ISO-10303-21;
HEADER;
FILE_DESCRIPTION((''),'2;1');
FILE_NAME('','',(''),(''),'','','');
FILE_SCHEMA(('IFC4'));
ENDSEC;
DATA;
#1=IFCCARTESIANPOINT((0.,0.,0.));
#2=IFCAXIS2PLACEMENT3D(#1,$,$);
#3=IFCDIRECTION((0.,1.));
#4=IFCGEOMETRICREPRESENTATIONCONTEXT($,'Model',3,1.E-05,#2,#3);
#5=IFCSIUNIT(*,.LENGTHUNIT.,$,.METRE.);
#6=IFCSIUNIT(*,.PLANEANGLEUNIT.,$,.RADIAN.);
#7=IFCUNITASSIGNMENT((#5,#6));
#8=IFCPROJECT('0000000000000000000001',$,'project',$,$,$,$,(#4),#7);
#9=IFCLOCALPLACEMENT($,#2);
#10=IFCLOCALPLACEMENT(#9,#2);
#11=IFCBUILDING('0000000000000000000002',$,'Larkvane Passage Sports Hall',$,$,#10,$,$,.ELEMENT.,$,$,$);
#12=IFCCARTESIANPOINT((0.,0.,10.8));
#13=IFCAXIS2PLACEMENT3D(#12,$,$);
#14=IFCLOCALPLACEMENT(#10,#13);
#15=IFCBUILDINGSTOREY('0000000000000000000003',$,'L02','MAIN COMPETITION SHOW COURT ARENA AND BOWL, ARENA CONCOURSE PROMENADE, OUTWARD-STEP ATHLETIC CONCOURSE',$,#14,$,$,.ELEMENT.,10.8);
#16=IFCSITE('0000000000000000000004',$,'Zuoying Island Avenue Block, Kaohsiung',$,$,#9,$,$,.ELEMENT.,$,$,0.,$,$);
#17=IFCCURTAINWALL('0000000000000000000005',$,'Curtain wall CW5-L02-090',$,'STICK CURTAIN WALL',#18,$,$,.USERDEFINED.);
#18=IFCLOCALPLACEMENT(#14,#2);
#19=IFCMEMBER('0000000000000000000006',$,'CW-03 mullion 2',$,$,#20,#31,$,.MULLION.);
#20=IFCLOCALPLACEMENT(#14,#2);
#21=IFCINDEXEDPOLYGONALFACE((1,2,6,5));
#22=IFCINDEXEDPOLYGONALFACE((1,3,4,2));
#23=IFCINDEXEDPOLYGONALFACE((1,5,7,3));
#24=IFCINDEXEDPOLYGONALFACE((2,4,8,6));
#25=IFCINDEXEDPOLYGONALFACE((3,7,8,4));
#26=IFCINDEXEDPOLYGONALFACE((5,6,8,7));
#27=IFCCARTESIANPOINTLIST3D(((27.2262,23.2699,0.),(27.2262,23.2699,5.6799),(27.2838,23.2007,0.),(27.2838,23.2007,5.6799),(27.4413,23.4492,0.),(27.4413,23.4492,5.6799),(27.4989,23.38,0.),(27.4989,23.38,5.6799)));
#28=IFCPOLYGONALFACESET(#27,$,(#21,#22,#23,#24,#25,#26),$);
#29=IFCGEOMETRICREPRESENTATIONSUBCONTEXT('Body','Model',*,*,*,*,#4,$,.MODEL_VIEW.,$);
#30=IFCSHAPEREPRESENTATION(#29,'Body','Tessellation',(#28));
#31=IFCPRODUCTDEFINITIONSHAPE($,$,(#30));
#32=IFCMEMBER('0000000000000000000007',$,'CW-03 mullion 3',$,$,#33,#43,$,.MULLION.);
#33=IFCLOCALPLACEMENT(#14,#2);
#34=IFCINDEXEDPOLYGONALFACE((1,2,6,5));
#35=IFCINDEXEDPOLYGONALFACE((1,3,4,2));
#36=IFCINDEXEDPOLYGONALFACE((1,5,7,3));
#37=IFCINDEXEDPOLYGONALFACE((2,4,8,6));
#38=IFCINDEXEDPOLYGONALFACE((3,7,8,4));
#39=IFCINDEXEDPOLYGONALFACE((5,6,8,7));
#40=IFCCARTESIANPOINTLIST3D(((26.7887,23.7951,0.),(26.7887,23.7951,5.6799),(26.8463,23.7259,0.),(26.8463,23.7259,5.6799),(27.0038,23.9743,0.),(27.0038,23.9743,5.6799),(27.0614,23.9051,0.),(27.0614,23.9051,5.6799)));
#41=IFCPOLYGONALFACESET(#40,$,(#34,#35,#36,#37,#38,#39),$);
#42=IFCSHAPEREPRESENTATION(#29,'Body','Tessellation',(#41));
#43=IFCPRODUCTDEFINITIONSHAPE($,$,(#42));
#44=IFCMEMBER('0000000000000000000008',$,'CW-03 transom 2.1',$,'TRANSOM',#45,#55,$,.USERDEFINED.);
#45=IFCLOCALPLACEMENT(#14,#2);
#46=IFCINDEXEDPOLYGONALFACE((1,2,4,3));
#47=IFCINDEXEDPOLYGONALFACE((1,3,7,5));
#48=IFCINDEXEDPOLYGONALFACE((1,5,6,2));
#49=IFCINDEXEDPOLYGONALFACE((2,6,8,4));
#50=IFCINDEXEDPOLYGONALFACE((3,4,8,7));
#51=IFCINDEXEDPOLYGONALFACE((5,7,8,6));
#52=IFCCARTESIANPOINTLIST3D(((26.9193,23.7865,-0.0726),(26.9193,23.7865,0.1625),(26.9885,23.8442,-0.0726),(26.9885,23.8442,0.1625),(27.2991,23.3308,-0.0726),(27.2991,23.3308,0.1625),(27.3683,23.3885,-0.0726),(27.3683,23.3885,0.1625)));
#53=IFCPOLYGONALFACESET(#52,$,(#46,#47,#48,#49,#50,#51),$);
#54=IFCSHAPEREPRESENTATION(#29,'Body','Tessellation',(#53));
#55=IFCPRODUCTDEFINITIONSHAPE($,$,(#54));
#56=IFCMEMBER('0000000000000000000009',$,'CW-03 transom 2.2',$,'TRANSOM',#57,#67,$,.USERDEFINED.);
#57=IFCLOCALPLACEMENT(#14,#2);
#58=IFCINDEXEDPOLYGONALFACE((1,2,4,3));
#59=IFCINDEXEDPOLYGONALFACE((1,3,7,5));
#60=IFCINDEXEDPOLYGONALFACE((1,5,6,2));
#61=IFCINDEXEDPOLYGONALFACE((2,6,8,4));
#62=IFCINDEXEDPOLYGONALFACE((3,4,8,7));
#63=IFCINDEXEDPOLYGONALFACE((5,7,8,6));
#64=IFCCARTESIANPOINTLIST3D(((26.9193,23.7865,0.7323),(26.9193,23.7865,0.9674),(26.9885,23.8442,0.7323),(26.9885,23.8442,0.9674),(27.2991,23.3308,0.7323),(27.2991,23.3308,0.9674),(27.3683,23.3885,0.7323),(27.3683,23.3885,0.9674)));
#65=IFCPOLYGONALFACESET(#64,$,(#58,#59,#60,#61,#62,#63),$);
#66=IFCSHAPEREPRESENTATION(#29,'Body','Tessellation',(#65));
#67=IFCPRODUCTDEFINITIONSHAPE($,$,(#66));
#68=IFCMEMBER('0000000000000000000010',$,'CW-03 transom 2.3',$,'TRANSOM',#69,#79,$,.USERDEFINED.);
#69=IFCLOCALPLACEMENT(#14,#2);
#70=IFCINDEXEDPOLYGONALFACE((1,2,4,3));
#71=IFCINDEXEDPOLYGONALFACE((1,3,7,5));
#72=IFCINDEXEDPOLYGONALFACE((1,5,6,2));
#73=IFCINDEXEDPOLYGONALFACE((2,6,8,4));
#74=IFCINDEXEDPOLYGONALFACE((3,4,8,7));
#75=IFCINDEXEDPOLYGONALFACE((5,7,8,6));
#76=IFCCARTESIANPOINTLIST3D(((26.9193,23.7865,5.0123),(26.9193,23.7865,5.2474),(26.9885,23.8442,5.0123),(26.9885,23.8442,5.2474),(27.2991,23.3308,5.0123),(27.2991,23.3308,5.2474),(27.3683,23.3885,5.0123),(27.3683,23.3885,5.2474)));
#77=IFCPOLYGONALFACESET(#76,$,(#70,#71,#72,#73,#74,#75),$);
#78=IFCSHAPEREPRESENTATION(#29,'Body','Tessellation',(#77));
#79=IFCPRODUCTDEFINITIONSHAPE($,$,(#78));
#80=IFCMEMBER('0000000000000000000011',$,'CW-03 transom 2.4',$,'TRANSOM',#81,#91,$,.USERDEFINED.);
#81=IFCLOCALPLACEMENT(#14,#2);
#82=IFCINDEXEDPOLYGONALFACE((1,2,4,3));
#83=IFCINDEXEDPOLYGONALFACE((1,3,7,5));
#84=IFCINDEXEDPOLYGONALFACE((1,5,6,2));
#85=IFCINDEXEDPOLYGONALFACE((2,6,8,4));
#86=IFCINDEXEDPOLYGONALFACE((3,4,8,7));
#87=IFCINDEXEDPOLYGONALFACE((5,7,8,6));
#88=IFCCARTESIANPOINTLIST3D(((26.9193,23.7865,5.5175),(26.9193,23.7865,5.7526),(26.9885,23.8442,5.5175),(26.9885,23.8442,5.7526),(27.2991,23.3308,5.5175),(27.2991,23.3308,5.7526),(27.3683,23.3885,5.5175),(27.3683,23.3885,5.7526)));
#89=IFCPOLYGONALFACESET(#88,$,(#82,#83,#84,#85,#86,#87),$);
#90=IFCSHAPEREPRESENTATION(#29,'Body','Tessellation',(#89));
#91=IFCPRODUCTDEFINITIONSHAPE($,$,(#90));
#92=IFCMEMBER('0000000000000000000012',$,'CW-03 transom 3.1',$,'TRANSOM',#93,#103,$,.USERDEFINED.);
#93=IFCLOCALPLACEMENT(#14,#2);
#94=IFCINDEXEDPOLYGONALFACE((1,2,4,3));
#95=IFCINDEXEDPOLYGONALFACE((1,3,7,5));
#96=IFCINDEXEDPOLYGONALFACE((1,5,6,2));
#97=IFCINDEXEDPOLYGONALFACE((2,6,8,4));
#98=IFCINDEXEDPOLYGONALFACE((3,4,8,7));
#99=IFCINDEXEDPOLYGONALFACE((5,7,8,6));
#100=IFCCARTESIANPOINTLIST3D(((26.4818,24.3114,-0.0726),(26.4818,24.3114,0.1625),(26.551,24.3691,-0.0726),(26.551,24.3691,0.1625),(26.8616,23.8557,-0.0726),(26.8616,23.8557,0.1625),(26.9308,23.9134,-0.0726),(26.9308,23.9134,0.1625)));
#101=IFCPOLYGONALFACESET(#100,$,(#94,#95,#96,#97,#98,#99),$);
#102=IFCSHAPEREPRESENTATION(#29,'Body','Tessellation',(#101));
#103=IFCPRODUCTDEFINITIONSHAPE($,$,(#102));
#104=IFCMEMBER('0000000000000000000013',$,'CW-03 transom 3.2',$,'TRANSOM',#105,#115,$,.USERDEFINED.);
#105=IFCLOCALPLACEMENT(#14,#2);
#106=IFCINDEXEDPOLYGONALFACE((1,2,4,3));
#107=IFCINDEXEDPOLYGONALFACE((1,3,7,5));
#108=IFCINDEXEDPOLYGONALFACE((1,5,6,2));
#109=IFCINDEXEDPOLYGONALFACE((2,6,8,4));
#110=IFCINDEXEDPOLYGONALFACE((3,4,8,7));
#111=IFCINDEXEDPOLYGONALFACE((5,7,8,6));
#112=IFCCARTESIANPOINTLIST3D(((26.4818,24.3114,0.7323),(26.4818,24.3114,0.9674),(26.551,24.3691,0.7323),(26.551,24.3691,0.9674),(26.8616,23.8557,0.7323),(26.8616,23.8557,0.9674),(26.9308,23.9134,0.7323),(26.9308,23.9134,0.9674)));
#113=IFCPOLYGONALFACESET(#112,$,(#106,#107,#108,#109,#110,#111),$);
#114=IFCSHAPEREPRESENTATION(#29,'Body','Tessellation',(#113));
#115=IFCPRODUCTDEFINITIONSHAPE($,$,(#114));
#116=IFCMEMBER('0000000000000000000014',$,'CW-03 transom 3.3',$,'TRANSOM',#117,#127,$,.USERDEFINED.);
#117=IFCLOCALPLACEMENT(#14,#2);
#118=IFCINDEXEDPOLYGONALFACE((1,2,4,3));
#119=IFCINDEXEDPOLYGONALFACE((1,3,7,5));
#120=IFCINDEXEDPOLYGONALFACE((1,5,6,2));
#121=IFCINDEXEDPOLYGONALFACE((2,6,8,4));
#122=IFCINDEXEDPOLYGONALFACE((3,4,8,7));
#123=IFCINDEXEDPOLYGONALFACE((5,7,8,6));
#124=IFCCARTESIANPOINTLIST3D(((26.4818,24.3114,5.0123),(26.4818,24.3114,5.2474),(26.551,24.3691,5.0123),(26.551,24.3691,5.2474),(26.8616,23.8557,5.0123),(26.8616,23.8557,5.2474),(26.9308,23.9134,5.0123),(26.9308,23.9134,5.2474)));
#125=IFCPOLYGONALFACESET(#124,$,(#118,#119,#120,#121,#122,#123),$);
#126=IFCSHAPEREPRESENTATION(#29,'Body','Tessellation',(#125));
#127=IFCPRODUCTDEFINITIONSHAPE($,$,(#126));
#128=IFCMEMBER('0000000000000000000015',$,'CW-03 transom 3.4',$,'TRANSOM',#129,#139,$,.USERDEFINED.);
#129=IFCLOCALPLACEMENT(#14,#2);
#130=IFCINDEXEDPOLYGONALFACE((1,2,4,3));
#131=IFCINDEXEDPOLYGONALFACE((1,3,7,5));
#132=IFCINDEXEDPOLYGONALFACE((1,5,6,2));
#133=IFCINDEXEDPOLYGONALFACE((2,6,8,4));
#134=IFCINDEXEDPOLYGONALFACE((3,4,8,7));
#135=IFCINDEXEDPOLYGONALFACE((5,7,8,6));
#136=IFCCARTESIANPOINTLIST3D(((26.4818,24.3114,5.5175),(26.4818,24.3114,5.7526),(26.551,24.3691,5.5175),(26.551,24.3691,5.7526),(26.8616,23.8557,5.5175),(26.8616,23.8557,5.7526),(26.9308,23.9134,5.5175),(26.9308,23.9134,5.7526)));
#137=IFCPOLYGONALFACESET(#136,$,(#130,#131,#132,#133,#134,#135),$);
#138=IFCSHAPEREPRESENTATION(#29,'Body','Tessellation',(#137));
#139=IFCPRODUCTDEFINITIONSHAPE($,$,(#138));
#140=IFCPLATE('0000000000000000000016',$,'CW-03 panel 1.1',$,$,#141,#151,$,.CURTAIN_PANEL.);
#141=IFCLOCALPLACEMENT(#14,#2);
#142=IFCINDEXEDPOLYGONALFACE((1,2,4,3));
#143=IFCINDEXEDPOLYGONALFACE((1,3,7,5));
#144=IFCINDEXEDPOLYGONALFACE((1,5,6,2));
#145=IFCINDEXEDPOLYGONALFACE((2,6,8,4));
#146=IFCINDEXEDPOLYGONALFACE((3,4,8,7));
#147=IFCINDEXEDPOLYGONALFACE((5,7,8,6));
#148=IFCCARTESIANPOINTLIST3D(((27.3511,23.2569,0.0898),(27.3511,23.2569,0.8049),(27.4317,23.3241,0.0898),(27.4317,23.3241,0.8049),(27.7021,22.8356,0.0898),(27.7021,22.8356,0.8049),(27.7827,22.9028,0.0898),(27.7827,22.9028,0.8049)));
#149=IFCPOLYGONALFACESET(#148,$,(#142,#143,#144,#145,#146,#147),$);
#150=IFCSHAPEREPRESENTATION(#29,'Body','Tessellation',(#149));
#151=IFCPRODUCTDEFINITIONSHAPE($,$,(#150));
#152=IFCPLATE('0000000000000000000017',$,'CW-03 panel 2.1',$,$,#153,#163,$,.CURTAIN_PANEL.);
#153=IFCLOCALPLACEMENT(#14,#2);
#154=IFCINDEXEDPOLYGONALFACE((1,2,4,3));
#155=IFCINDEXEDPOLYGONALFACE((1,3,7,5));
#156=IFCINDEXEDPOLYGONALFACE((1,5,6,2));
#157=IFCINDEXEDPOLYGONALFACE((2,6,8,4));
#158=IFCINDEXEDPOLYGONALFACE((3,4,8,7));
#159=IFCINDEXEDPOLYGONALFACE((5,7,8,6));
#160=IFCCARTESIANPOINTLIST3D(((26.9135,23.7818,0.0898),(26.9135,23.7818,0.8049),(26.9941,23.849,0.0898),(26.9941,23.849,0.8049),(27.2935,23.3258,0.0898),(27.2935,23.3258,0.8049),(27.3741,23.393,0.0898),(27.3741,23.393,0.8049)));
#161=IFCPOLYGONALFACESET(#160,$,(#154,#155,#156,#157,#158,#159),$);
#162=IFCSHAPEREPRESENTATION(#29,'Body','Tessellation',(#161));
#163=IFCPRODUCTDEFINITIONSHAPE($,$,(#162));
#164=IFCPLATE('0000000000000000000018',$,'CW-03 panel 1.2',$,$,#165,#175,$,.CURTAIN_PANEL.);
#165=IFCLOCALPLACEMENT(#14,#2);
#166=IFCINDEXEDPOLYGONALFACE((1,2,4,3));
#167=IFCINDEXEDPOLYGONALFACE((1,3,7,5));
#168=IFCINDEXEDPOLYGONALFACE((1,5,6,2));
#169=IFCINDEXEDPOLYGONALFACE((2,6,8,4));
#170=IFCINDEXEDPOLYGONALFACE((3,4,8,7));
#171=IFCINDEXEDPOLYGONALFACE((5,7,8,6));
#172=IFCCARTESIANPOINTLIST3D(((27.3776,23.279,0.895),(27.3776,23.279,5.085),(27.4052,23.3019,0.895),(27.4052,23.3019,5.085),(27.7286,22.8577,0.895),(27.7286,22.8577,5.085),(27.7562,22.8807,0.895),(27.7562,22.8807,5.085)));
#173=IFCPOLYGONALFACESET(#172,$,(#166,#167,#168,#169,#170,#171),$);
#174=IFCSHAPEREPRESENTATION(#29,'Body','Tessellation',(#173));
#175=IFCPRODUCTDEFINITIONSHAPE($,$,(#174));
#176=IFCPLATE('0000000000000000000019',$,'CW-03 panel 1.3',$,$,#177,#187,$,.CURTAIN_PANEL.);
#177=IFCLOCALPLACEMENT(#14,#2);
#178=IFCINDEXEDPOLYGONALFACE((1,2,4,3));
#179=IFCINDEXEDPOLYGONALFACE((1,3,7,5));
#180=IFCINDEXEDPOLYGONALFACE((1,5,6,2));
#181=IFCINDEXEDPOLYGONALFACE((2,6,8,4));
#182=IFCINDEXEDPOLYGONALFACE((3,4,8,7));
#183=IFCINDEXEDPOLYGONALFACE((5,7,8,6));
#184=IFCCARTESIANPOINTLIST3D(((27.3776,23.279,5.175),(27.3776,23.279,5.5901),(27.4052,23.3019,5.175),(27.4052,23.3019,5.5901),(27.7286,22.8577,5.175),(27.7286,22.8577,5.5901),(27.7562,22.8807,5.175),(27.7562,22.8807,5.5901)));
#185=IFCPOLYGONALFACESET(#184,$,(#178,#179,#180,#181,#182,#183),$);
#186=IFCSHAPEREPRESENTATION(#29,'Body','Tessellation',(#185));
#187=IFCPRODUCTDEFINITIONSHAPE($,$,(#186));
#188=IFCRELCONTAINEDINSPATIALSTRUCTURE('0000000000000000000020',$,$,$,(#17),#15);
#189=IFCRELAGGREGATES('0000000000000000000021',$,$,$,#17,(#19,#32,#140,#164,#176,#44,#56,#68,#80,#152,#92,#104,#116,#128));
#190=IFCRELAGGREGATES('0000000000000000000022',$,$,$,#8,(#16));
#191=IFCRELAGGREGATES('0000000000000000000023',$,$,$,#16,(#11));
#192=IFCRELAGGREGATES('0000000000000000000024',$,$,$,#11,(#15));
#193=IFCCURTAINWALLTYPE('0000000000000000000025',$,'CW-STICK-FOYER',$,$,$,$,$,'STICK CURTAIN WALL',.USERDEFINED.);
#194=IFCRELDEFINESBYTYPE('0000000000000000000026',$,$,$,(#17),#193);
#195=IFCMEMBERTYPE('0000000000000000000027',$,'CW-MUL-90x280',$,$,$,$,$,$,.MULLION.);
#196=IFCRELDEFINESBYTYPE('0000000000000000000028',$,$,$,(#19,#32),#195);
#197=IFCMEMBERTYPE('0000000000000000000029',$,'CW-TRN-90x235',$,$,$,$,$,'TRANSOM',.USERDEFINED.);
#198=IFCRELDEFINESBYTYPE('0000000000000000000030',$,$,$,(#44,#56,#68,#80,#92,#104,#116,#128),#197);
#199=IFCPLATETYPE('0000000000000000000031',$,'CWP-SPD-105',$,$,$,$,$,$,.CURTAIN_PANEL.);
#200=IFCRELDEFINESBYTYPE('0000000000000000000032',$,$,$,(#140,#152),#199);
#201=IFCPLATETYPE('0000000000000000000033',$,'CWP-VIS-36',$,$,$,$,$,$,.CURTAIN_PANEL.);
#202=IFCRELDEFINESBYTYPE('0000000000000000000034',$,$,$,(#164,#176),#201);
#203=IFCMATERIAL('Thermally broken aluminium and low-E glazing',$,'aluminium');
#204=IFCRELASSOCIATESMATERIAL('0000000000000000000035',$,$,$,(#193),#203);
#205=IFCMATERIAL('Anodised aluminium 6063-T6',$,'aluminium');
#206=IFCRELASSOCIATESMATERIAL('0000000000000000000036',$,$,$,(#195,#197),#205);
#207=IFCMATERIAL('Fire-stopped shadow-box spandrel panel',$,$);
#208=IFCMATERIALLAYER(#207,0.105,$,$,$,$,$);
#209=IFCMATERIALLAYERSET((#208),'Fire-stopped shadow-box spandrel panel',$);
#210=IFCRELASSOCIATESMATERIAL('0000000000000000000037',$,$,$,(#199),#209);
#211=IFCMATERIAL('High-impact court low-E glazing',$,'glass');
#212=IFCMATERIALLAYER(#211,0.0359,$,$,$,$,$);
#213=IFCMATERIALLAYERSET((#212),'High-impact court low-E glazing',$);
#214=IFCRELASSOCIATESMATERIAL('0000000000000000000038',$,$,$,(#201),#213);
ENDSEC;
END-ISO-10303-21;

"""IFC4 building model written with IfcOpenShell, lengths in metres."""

from ifc_helpers import new_model, si_unit, direction, frame, origin, origin_2d, place, context, subcontext, project, spatial, rectangle, extrude, material, layer, layer_set, material_profile, profile_set, type_object, element, aggregate, save


model = new_model("IFC4")

# Units and contexts
model_context = context("Model", 3, precision=1e-05, world=origin(), true_north=direction((0.0, 1.0)))
body_context = subcontext(model_context, "Body", "Model", "MODEL_VIEW")
ifc_project = project(units=[si_unit("LENGTHUNIT", "METRE"), si_unit("PLANEANGLEUNIT", "RADIAN")], contexts=[model_context])

# Site, building, storey
site_placement = place(None, origin())
site = spatial("IfcSite", under=ifc_project, at=site_placement, Name="Zuoying Island Avenue Block, Kaohsiung", CompositionType="ELEMENT", RefElevation=0.0)
building_placement = place(site_placement, origin())
building = spatial("IfcBuilding", under=site, at=building_placement, Name="Larkvane Passage Sports Hall", CompositionType="ELEMENT")
storey_placement = place(building_placement, frame((0.0, 0.0, 10.8)))
storey = spatial("IfcBuildingStorey", under=building, at=storey_placement, Name="L02", Description="MAIN COMPETITION SHOW COURT ARENA AND BOWL, ARENA CONCOURSE PROMENADE, OUTWARD-STEP ATHLETIC CONCOURSE", CompositionType="ELEMENT", Elevation=10.8)

# Curtain wall, members, plates
ifc_material_1 = material(Name="Thermally broken aluminium and low-E glazing", Category="aluminium")
curtain_wall_type = type_object("IfcCurtainWallType", Name="CW-STICK-FOYER", ElementType="STICK CURTAIN WALL", PredefinedType="USERDEFINED", material=ifc_material_1)
curtain_wall_placement = place(storey_placement, origin())
curtain_wall = element("IfcCurtainWall", 1, at=curtain_wall_placement, inside=storey, type_object=curtain_wall_type, Name="Curtain wall CW5-L02-090", ObjectType="STICK CURTAIN WALL", PredefinedType="USERDEFINED")
ifc_material_2 = material(Name="Anodised aluminium 6063-T6", Category="aluminium")
ifc_material_profile_1 = material_profile(ifc_material_2, rectangle(XDim=0.0901, YDim=0.28, at=origin_2d()), Name="ALU-MUL-90x280")
ifc_profile_set_1 = profile_set([ifc_material_profile_1], Name="Anodised aluminium 6063-T6")
member_type_1 = type_object("IfcMemberType", Name="CW-MUL-90x280", PredefinedType="MULLION", material=ifc_profile_set_1)
member_1_placement = place(storey_placement, frame((27.3625, 23.325, 0.0), z_axis=(0.0, 0.0, 1.0), x_axis=(-0.640184, 0.768221, 0.0)))
member_1 = element("IfcMember", 2, at=member_1_placement, type_object=member_type_1, Name="CW-03 mullion 2", PredefinedType="MULLION", context=body_context, shape_type="SweptSolid", body=[
    extrude(rectangle(XDim=0.0901, YDim=0.28, at=origin_2d()), origin(), (0.0, 0.0, 1.0), 5.6799),
])
member_2_placement = place(storey_placement, frame((26.925, 23.8501, 0.0), z_axis=(0.0, 0.0, 1.0), x_axis=(-0.640184, 0.768221, 0.0)))
member_2 = element("IfcMember", 3, at=member_2_placement, type_object=member_type_1, Name="CW-03 mullion 3", PredefinedType="MULLION", context=body_context, shape_type="SweptSolid", body=[
    extrude(rectangle(XDim=0.0901, YDim=0.28, at=origin_2d()), origin(), (0.0, 0.0, 1.0), 5.6799),
])
ifc_material_profile_2 = material_profile(ifc_material_2, rectangle(XDim=0.0901, YDim=0.2351, at=origin_2d()), Name="ALU-TRN-90x235")
ifc_profile_set_2 = profile_set([ifc_material_profile_2], Name="Anodised aluminium 6063-T6")
member_type_2 = type_object("IfcMemberType", Name="CW-TRN-90x235", ElementType="TRANSOM", PredefinedType="USERDEFINED", material=ifc_profile_set_2)
member_3_placement = place(storey_placement, frame((27.3337, 23.3596, 0.0449), z_axis=(-0.640225, 0.768188, 0.0), x_axis=(-0.768188, -0.640225, 0.0)))
member_3 = element("IfcMember", 4, at=member_3_placement, type_object=member_type_2, Name="CW-03 transom 2.1", ObjectType="TRANSOM", PredefinedType="USERDEFINED", context=body_context, shape_type="SweptSolid", body=[
    extrude(rectangle(XDim=0.0901, YDim=0.2351, at=origin_2d()), origin(), (0.0, 0.0, 1.0), 0.5933),
])
member_4_placement = place(storey_placement, frame((27.3337, 23.3596, 0.8499), z_axis=(-0.640225, 0.768188, 0.0), x_axis=(-0.768188, -0.640225, 0.0)))
member_4 = element("IfcMember", 5, at=member_4_placement, type_object=member_type_2, Name="CW-03 transom 2.2", ObjectType="TRANSOM", PredefinedType="USERDEFINED", context=body_context, shape_type="SweptSolid", body=[
    extrude(rectangle(XDim=0.0901, YDim=0.2351, at=origin_2d()), origin(), (0.0, 0.0, 1.0), 0.5933),
])
member_5_placement = place(storey_placement, frame((27.3337, 23.3596, 5.1299), z_axis=(-0.640225, 0.768188, 0.0), x_axis=(-0.768188, -0.640225, 0.0)))
member_5 = element("IfcMember", 6, at=member_5_placement, type_object=member_type_2, Name="CW-03 transom 2.3", ObjectType="TRANSOM", PredefinedType="USERDEFINED", context=body_context, shape_type="SweptSolid", body=[
    extrude(rectangle(XDim=0.0901, YDim=0.2351, at=origin_2d()), origin(), (0.0, 0.0, 1.0), 0.5933),
])
member_6_placement = place(storey_placement, frame((27.3337, 23.3596, 5.635), z_axis=(-0.640225, 0.768188, 0.0), x_axis=(-0.768188, -0.640225, 0.0)))
member_6 = element("IfcMember", 7, at=member_6_placement, type_object=member_type_2, Name="CW-03 transom 2.4", ObjectType="TRANSOM", PredefinedType="USERDEFINED", context=body_context, shape_type="SweptSolid", body=[
    extrude(rectangle(XDim=0.0901, YDim=0.2351, at=origin_2d()), origin(), (0.0, 0.0, 1.0), 0.5933),
])
member_7_placement = place(storey_placement, frame((26.8962, 23.8845, 0.0449), z_axis=(-0.640225, 0.768188, 0.0), x_axis=(-0.768188, -0.640225, 0.0)))
member_7 = element("IfcMember", 8, at=member_7_placement, type_object=member_type_2, Name="CW-03 transom 3.1", ObjectType="TRANSOM", PredefinedType="USERDEFINED", context=body_context, shape_type="SweptSolid", body=[
    extrude(rectangle(XDim=0.0901, YDim=0.2351, at=origin_2d()), origin(), (0.0, 0.0, 1.0), 0.5933),
])
member_8_placement = place(storey_placement, frame((26.8962, 23.8845, 0.8499), z_axis=(-0.640225, 0.768188, 0.0), x_axis=(-0.768188, -0.640225, 0.0)))
member_8 = element("IfcMember", 9, at=member_8_placement, type_object=member_type_2, Name="CW-03 transom 3.2", ObjectType="TRANSOM", PredefinedType="USERDEFINED", context=body_context, shape_type="SweptSolid", body=[
    extrude(rectangle(XDim=0.0901, YDim=0.2351, at=origin_2d()), origin(), (0.0, 0.0, 1.0), 0.5933),
])
member_9_placement = place(storey_placement, frame((26.8962, 23.8845, 5.1299), z_axis=(-0.640225, 0.768188, 0.0), x_axis=(-0.768188, -0.640225, 0.0)))
member_9 = element("IfcMember", 10, at=member_9_placement, type_object=member_type_2, Name="CW-03 transom 3.3", ObjectType="TRANSOM", PredefinedType="USERDEFINED", context=body_context, shape_type="SweptSolid", body=[
    extrude(rectangle(XDim=0.0901, YDim=0.2351, at=origin_2d()), origin(), (0.0, 0.0, 1.0), 0.5933),
])
member_10_placement = place(storey_placement, frame((26.8962, 23.8845, 5.635), z_axis=(-0.640225, 0.768188, 0.0), x_axis=(-0.768188, -0.640225, 0.0)))
member_10 = element("IfcMember", 11, at=member_10_placement, type_object=member_type_2, Name="CW-03 transom 3.4", ObjectType="TRANSOM", PredefinedType="USERDEFINED", context=body_context, shape_type="SweptSolid", body=[
    extrude(rectangle(XDim=0.0901, YDim=0.2351, at=origin_2d()), origin(), (0.0, 0.0, 1.0), 0.5933),
])
ifc_material_3 = material(Name="Fire-stopped shadow-box spandrel panel")
ifc_layer_1 = layer(ifc_material_3, 0.105)
ifc_layer_set_1 = layer_set([ifc_layer_1], Name="Fire-stopped shadow-box spandrel panel")
plate_type_1 = type_object("IfcPlateType", Name="CWP-SPD-105", PredefinedType="CURTAIN_PANEL", material=ifc_layer_set_1)
plate_1_placement = place(storey_placement, frame((27.5669, 23.0798, 0.0898), z_axis=(0.0, 0.0, 1.0), x_axis=(-0.640184, 0.768221, 0.0)))
plate_1 = element("IfcPlate", 12, at=plate_1_placement, type_object=plate_type_1, Name="CW-03 panel 1.1", PredefinedType="CURTAIN_PANEL", context=body_context, shape_type="SweptSolid", body=[
    extrude(rectangle(XDim=0.5483, YDim=0.105, at=origin_2d()), origin(), (0.0, 0.0, 1.0), 0.7151),
])
plate_2_placement = place(storey_placement, frame((27.1438, 23.5874, 0.0898), z_axis=(0.0, 0.0, 1.0), x_axis=(-0.640184, 0.768221, 0.0)))
plate_2 = element("IfcPlate", 13, at=plate_2_placement, type_object=plate_type_1, Name="CW-03 panel 2.1", PredefinedType="CURTAIN_PANEL", context=body_context, shape_type="SweptSolid", body=[
    extrude(rectangle(XDim=0.5935, YDim=0.105, at=origin_2d()), origin(), (0.0, 0.0, 1.0), 0.7151),
])
ifc_material_4 = material(Name="High-impact court low-E glazing", Category="glass")
ifc_layer_2 = layer(ifc_material_4, 0.0359)
ifc_layer_set_2 = layer_set([ifc_layer_2], Name="High-impact court low-E glazing")
plate_type_2 = type_object("IfcPlateType", Name="CWP-VIS-36", PredefinedType="CURTAIN_PANEL", material=ifc_layer_set_2)
plate_3_placement = place(storey_placement, frame((27.5669, 23.0798, 0.895), z_axis=(0.0, 0.0, 1.0), x_axis=(-0.640184, 0.768221, 0.0)))
plate_3 = element("IfcPlate", 14, at=plate_3_placement, type_object=plate_type_2, Name="CW-03 panel 1.2", PredefinedType="CURTAIN_PANEL", context=body_context, shape_type="SweptSolid", body=[
    extrude(rectangle(XDim=0.5483, YDim=0.0359, at=origin_2d()), origin(), (0.0, 0.0, 1.0), 4.1899),
])
plate_4_placement = place(storey_placement, frame((27.5669, 23.0798, 5.175), z_axis=(0.0, 0.0, 1.0), x_axis=(-0.640184, 0.768221, 0.0)))
plate_4 = element("IfcPlate", 15, at=plate_4_placement, type_object=plate_type_2, Name="CW-03 panel 1.3", PredefinedType="CURTAIN_PANEL", context=body_context, shape_type="SweptSolid", body=[
    extrude(rectangle(XDim=0.5483, YDim=0.0359, at=origin_2d()), origin(), (0.0, 0.0, 1.0), 0.415),
])
aggregate(curtain_wall, [member_1, member_2, plate_1, plate_3, plate_4, member_3, member_4, member_5, member_6, plate_2, member_7, member_8, member_9, member_10])

save(model, "model.ifc")
